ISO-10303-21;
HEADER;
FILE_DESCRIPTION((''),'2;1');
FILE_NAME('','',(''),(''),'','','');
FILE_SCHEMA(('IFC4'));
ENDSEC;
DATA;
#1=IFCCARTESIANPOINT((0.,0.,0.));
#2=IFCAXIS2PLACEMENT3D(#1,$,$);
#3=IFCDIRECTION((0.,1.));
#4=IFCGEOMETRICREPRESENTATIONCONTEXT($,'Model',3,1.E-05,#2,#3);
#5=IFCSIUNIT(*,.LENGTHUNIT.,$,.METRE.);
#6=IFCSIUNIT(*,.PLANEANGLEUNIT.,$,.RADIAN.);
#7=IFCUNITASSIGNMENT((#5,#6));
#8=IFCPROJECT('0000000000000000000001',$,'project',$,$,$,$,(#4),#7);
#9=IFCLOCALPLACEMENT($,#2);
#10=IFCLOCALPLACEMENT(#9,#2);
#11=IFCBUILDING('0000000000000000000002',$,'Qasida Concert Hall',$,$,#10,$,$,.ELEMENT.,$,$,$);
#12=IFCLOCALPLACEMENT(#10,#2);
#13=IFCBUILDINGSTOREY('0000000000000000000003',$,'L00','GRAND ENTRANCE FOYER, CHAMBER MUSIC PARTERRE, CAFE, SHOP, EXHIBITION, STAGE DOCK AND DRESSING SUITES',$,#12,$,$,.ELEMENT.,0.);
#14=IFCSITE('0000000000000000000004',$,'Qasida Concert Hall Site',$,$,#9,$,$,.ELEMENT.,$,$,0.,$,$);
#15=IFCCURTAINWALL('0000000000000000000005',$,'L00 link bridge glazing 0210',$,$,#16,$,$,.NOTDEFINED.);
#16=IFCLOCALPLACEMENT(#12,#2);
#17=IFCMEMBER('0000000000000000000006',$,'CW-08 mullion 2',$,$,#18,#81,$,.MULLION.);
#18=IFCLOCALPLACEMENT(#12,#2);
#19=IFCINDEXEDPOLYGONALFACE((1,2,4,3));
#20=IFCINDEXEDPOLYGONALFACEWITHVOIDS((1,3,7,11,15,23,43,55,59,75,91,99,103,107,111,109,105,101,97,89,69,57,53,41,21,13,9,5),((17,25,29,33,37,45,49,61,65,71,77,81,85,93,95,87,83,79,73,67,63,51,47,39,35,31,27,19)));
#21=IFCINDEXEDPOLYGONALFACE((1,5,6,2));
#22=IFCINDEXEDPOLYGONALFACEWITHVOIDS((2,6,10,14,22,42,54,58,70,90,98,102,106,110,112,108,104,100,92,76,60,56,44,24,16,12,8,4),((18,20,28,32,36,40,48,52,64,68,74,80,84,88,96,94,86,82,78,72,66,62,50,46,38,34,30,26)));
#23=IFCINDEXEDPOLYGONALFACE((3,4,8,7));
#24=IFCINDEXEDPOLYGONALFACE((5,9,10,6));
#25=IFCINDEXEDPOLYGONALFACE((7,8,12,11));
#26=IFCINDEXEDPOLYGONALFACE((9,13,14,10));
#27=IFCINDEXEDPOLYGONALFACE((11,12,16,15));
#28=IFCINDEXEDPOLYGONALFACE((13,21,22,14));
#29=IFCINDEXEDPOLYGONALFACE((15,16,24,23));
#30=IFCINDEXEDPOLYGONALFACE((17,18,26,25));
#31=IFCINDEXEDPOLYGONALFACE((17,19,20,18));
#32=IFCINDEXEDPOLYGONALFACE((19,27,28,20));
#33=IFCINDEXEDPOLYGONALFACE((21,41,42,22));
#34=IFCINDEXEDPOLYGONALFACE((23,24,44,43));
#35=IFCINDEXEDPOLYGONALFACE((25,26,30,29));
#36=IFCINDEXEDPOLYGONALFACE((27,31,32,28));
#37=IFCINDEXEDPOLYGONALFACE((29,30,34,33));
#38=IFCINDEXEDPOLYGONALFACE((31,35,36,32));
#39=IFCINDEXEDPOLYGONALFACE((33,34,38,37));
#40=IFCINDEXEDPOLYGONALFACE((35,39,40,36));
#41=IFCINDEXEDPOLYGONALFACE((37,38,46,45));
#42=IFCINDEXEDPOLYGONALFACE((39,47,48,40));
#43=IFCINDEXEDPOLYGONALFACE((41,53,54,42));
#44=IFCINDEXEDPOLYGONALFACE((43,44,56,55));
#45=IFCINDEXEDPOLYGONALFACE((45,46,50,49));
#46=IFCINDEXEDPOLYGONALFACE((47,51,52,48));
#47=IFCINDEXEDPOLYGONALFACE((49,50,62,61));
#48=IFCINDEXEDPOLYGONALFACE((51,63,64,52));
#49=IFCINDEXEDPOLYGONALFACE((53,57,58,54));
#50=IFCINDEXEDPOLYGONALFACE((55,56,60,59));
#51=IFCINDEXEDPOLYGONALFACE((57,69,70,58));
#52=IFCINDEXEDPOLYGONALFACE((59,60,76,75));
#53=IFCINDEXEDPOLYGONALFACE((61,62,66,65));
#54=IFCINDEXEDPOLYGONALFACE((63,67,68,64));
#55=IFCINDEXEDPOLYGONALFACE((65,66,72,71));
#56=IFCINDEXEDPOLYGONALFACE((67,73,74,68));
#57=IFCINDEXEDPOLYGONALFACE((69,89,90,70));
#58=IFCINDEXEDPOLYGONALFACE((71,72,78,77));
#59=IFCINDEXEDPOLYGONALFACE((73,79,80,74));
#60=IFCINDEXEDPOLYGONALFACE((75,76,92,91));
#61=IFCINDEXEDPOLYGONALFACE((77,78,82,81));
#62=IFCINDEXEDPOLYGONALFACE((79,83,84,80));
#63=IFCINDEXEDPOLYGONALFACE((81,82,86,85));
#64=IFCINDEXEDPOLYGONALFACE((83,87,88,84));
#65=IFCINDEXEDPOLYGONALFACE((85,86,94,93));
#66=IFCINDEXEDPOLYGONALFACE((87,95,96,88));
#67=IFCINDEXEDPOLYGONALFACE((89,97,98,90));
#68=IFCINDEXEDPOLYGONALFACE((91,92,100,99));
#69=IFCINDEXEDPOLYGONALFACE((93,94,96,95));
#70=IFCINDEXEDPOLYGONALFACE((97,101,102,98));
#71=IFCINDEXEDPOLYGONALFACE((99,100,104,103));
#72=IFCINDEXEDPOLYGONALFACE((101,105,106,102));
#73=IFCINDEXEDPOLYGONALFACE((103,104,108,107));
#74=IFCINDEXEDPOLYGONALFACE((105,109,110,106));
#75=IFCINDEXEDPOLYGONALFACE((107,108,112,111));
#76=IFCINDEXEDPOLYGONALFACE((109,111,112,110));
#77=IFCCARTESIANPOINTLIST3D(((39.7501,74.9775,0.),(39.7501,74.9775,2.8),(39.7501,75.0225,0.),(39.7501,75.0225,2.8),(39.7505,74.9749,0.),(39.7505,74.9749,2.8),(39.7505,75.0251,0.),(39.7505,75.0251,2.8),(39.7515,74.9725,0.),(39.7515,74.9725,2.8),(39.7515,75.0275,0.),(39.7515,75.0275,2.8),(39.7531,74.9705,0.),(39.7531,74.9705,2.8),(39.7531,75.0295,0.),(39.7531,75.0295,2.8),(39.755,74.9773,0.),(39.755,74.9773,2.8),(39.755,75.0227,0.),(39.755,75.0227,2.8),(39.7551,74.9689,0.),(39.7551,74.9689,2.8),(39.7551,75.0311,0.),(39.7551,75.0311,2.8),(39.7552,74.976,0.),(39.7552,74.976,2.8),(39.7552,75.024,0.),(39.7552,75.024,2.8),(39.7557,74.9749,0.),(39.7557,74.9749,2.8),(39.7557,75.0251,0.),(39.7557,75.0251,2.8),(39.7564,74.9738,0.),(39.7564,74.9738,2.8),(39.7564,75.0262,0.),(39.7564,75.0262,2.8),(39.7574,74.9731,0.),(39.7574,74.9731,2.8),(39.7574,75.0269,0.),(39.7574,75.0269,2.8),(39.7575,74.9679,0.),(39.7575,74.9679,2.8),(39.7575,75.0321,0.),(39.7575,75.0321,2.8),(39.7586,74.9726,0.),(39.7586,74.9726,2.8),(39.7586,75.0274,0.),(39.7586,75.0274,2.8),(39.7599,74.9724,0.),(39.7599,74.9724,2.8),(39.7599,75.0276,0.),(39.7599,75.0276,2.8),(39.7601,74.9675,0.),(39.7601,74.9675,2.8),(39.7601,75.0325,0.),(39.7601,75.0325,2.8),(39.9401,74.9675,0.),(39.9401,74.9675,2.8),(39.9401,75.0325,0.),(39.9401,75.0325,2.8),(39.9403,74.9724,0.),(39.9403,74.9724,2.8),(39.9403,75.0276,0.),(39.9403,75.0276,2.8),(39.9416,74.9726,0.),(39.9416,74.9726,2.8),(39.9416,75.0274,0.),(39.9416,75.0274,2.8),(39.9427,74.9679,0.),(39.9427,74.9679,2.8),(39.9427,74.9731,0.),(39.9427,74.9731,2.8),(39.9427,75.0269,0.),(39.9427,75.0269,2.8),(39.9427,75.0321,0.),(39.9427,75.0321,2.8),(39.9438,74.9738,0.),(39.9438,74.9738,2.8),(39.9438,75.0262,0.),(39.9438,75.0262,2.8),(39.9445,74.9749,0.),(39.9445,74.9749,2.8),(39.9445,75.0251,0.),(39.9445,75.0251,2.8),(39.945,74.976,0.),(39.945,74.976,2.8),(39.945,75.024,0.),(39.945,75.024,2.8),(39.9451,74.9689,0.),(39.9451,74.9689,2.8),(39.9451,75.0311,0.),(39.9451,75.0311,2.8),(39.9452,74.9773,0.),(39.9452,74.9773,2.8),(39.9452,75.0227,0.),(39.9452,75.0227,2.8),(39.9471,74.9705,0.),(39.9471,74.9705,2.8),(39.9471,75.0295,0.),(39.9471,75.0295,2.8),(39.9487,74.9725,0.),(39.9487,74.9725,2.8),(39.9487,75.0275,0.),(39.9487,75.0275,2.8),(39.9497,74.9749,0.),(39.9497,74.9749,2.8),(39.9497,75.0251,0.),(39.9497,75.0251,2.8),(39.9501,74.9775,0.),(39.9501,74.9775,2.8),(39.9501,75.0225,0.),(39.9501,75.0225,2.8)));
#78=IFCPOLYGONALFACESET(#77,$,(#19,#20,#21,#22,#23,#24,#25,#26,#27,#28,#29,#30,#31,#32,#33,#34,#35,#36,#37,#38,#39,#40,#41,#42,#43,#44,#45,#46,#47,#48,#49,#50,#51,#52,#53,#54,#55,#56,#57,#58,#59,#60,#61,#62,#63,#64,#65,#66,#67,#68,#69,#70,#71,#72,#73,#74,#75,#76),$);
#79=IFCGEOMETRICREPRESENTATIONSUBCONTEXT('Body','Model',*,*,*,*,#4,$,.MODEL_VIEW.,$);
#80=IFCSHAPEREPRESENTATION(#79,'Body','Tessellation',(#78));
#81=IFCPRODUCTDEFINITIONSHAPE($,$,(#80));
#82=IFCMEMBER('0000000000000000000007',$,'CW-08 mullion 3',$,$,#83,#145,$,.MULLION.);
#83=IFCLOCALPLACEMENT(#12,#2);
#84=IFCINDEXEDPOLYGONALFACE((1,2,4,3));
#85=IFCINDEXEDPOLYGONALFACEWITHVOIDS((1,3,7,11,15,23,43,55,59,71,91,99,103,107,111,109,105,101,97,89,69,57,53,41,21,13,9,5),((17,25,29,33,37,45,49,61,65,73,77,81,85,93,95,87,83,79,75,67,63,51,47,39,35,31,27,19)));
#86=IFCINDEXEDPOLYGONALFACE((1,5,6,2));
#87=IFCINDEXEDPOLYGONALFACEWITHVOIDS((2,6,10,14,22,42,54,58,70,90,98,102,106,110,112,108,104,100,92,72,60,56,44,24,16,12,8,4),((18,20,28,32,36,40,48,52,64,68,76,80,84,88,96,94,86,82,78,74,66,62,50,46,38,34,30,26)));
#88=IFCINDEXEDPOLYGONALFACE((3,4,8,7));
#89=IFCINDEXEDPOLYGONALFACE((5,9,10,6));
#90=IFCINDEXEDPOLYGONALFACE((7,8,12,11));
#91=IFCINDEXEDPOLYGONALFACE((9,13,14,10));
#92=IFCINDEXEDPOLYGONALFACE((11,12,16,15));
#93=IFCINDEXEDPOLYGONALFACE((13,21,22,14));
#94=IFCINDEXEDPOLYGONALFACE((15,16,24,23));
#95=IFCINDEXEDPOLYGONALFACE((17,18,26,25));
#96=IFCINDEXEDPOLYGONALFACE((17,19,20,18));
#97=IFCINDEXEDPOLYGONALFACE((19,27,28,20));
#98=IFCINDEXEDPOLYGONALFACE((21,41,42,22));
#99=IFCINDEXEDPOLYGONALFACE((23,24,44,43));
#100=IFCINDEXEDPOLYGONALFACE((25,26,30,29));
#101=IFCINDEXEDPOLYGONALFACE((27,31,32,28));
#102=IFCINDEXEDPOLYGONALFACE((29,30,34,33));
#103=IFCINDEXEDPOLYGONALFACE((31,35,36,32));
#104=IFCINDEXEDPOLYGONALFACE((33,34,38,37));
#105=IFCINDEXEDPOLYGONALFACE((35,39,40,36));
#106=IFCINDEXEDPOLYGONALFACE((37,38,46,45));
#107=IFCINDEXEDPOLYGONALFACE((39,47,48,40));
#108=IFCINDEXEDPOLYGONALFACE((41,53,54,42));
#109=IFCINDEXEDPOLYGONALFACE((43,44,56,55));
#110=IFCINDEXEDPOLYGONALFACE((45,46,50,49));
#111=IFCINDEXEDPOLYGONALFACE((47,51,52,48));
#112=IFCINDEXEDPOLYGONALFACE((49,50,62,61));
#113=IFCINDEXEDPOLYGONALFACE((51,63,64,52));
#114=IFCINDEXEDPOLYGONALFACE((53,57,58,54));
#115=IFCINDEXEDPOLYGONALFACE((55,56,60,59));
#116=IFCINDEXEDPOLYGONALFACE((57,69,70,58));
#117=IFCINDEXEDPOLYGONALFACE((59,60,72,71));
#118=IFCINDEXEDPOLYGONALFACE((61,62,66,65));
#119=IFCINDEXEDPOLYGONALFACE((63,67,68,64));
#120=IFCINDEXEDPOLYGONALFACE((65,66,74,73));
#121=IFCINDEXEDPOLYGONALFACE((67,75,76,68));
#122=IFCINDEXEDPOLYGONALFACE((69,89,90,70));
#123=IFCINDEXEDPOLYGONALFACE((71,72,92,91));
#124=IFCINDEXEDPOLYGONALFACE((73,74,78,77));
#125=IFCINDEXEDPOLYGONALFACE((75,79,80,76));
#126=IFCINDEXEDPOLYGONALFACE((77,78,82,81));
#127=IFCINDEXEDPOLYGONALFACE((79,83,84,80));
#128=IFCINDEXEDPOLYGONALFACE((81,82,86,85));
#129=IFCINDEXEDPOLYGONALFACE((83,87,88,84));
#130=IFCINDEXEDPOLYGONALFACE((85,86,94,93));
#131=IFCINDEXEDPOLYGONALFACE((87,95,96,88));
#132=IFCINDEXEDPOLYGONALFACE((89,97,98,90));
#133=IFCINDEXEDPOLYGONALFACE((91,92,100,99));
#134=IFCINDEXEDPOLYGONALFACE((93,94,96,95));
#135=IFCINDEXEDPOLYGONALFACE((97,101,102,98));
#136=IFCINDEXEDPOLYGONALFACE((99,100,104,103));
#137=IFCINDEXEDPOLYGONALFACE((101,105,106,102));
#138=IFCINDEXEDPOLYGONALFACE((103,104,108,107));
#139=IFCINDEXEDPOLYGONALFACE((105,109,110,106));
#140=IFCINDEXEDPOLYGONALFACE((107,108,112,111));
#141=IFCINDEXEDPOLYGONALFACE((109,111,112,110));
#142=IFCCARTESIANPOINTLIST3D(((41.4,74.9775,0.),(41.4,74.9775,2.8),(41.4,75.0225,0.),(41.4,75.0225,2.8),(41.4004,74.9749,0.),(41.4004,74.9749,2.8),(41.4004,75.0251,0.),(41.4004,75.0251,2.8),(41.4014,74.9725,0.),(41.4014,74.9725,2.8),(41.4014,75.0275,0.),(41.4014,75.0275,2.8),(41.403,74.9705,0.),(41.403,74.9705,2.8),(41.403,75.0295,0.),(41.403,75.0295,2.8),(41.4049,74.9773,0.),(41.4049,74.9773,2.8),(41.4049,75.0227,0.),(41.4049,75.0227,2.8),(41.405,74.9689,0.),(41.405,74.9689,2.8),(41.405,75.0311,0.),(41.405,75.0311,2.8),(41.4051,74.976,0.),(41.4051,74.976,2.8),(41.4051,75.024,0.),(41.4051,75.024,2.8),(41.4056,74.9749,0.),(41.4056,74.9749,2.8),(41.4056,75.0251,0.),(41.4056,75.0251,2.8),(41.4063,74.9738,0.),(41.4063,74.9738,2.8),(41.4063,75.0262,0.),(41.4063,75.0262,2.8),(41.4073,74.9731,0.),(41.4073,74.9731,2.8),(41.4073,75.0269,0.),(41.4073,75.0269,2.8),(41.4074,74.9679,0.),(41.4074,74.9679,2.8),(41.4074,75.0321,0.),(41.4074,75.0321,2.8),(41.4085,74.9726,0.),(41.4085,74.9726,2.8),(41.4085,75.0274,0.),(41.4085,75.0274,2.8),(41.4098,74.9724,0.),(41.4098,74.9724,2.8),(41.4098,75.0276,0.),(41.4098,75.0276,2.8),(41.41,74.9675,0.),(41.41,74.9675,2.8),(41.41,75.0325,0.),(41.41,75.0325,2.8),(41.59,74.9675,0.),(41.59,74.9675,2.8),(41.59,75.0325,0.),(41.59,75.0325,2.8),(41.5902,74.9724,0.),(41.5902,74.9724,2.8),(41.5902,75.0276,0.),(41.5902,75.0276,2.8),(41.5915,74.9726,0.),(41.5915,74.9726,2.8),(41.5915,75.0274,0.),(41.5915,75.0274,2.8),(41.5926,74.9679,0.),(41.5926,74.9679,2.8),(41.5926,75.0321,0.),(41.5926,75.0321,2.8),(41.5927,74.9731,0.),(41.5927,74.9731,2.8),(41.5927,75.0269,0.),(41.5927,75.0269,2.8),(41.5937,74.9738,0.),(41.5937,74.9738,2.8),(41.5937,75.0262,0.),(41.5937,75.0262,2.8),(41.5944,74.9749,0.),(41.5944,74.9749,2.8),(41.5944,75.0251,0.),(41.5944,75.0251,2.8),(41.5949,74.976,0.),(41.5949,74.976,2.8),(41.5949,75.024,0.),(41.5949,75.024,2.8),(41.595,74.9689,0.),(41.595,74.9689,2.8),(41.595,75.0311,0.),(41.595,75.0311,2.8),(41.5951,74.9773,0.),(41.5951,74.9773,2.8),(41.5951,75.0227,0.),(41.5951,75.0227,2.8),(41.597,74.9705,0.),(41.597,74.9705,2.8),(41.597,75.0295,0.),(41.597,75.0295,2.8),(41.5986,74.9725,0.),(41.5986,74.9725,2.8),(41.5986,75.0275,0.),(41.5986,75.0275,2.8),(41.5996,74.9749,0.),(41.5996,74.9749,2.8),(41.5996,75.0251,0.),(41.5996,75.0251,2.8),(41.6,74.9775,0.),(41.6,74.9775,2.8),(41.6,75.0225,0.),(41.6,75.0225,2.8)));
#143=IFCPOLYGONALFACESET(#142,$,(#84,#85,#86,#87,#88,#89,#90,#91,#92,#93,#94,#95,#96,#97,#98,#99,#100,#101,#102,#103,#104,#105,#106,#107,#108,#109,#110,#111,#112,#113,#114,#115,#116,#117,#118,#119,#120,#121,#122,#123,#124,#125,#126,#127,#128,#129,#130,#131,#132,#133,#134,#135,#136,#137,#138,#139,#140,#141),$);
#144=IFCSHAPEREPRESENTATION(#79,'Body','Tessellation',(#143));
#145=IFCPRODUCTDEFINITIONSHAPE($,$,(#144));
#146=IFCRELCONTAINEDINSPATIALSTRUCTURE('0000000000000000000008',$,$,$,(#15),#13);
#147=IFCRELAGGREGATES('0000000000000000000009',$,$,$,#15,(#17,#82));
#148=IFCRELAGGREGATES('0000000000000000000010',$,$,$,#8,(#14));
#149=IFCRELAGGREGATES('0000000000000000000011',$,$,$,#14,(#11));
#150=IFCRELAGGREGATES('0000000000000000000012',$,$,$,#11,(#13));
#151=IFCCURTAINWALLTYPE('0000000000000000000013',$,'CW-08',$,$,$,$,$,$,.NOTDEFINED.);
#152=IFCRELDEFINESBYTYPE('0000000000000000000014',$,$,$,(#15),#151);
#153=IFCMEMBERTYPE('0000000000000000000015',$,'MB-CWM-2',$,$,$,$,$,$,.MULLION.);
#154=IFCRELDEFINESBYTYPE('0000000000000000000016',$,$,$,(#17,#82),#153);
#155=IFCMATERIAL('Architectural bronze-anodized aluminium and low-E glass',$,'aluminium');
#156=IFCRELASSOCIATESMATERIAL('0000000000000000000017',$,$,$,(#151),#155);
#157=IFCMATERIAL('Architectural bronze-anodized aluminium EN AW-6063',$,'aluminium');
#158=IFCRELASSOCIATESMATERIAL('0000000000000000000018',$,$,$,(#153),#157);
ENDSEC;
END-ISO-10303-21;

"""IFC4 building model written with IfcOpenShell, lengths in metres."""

from ifc_helpers import new_model, si_unit, direction, frame, origin, origin_2d, place, context, subcontext, project, spatial, hollow_rectangle, extrude, material, material_profile, profile_set, type_object, element, aggregate, save


model = new_model("IFC4")

# Units and contexts
model_context = context("Model", 3, precision=1e-05, world=origin(), true_north=direction((0.0, 1.0)))
body_context = subcontext(model_context, "Body", "Model", "MODEL_VIEW")
ifc_project = project(units=[si_unit("LENGTHUNIT", "METRE"), si_unit("PLANEANGLEUNIT", "RADIAN")], contexts=[model_context])

# Site, building, storey
site_placement = place(None, origin())
site = spatial("IfcSite", under=ifc_project, at=site_placement, Name="Qasida Concert Hall Site", CompositionType="ELEMENT", RefElevation=0.0)
building_placement = place(site_placement, origin())
building = spatial("IfcBuilding", under=site, at=building_placement, Name="Qasida Concert Hall", CompositionType="ELEMENT")
storey_placement = place(building_placement, origin())
storey = spatial("IfcBuildingStorey", under=building, at=storey_placement, Name="L00", Description="GRAND ENTRANCE FOYER, CHAMBER MUSIC PARTERRE, CAFE, SHOP, EXHIBITION, STAGE DOCK AND DRESSING SUITES", CompositionType="ELEMENT", Elevation=0.0)

# Curtain wall, members
ifc_material_1 = material(Name="Architectural bronze-anodized aluminium and low-E glass", Category="aluminium")
curtain_wall_type = type_object("IfcCurtainWallType", Name="CW-08", PredefinedType="NOTDEFINED", material=ifc_material_1)
curtain_wall_placement = place(storey_placement, origin())
curtain_wall = element("IfcCurtainWall", 1, at=curtain_wall_placement, inside=storey, type_object=curtain_wall_type, Name="L00 link bridge glazing 0210", PredefinedType="NOTDEFINED")
ifc_material_2 = material(Name="Architectural bronze-anodized aluminium EN AW-6063", Category="aluminium")
ifc_material_profile_1 = material_profile(ifc_material_2, hollow_rectangle(XDim=0.0649, YDim=0.2, WallThickness=0.0049, InnerFilletRadius=0.0049, OuterFilletRadius=0.01, at=origin_2d()), Name="CWM 200x65x5")
ifc_profile_set_1 = profile_set([ifc_material_profile_1], Name="Architectural bronze-anodized aluminium EN AW-6063")
member_type_1 = type_object("IfcMemberType", Name="MB-CWM-2", PredefinedType="MULLION", material=ifc_profile_set_1)
member_1_placement = place(storey_placement, frame((39.8501, 75.0, 0.0), z_axis=(0.0, 0.0, 1.0), x_axis=(0.0, 1.0, 0.0)))
member_1 = element("IfcMember", 2, at=member_1_placement, type_object=member_type_1, Name="CW-08 mullion 2", PredefinedType="MULLION", context=body_context, shape_type="SweptSolid", body=[
    extrude(hollow_rectangle(XDim=0.0649, YDim=0.2, WallThickness=0.0049, InnerFilletRadius=0.0049, OuterFilletRadius=0.01, at=origin_2d()), origin(), (0.0, 0.0, 1.0), 2.8),
])
member_2_placement = place(storey_placement, frame((41.5, 75.0, 0.0), z_axis=(0.0, 0.0, 1.0), x_axis=(0.0, 1.0, 0.0)))
member_2 = element("IfcMember", 3, at=member_2_placement, type_object=member_type_1, Name="CW-08 mullion 3", PredefinedType="MULLION", context=body_context, shape_type="SweptSolid", body=[
    extrude(hollow_rectangle(XDim=0.0649, YDim=0.2, WallThickness=0.0049, InnerFilletRadius=0.0049, OuterFilletRadius=0.01, at=origin_2d()), origin(), (0.0, 0.0, 1.0), 2.8),
])
aggregate(curtain_wall, [member_1, member_2])

save(model, "model.ifc")
